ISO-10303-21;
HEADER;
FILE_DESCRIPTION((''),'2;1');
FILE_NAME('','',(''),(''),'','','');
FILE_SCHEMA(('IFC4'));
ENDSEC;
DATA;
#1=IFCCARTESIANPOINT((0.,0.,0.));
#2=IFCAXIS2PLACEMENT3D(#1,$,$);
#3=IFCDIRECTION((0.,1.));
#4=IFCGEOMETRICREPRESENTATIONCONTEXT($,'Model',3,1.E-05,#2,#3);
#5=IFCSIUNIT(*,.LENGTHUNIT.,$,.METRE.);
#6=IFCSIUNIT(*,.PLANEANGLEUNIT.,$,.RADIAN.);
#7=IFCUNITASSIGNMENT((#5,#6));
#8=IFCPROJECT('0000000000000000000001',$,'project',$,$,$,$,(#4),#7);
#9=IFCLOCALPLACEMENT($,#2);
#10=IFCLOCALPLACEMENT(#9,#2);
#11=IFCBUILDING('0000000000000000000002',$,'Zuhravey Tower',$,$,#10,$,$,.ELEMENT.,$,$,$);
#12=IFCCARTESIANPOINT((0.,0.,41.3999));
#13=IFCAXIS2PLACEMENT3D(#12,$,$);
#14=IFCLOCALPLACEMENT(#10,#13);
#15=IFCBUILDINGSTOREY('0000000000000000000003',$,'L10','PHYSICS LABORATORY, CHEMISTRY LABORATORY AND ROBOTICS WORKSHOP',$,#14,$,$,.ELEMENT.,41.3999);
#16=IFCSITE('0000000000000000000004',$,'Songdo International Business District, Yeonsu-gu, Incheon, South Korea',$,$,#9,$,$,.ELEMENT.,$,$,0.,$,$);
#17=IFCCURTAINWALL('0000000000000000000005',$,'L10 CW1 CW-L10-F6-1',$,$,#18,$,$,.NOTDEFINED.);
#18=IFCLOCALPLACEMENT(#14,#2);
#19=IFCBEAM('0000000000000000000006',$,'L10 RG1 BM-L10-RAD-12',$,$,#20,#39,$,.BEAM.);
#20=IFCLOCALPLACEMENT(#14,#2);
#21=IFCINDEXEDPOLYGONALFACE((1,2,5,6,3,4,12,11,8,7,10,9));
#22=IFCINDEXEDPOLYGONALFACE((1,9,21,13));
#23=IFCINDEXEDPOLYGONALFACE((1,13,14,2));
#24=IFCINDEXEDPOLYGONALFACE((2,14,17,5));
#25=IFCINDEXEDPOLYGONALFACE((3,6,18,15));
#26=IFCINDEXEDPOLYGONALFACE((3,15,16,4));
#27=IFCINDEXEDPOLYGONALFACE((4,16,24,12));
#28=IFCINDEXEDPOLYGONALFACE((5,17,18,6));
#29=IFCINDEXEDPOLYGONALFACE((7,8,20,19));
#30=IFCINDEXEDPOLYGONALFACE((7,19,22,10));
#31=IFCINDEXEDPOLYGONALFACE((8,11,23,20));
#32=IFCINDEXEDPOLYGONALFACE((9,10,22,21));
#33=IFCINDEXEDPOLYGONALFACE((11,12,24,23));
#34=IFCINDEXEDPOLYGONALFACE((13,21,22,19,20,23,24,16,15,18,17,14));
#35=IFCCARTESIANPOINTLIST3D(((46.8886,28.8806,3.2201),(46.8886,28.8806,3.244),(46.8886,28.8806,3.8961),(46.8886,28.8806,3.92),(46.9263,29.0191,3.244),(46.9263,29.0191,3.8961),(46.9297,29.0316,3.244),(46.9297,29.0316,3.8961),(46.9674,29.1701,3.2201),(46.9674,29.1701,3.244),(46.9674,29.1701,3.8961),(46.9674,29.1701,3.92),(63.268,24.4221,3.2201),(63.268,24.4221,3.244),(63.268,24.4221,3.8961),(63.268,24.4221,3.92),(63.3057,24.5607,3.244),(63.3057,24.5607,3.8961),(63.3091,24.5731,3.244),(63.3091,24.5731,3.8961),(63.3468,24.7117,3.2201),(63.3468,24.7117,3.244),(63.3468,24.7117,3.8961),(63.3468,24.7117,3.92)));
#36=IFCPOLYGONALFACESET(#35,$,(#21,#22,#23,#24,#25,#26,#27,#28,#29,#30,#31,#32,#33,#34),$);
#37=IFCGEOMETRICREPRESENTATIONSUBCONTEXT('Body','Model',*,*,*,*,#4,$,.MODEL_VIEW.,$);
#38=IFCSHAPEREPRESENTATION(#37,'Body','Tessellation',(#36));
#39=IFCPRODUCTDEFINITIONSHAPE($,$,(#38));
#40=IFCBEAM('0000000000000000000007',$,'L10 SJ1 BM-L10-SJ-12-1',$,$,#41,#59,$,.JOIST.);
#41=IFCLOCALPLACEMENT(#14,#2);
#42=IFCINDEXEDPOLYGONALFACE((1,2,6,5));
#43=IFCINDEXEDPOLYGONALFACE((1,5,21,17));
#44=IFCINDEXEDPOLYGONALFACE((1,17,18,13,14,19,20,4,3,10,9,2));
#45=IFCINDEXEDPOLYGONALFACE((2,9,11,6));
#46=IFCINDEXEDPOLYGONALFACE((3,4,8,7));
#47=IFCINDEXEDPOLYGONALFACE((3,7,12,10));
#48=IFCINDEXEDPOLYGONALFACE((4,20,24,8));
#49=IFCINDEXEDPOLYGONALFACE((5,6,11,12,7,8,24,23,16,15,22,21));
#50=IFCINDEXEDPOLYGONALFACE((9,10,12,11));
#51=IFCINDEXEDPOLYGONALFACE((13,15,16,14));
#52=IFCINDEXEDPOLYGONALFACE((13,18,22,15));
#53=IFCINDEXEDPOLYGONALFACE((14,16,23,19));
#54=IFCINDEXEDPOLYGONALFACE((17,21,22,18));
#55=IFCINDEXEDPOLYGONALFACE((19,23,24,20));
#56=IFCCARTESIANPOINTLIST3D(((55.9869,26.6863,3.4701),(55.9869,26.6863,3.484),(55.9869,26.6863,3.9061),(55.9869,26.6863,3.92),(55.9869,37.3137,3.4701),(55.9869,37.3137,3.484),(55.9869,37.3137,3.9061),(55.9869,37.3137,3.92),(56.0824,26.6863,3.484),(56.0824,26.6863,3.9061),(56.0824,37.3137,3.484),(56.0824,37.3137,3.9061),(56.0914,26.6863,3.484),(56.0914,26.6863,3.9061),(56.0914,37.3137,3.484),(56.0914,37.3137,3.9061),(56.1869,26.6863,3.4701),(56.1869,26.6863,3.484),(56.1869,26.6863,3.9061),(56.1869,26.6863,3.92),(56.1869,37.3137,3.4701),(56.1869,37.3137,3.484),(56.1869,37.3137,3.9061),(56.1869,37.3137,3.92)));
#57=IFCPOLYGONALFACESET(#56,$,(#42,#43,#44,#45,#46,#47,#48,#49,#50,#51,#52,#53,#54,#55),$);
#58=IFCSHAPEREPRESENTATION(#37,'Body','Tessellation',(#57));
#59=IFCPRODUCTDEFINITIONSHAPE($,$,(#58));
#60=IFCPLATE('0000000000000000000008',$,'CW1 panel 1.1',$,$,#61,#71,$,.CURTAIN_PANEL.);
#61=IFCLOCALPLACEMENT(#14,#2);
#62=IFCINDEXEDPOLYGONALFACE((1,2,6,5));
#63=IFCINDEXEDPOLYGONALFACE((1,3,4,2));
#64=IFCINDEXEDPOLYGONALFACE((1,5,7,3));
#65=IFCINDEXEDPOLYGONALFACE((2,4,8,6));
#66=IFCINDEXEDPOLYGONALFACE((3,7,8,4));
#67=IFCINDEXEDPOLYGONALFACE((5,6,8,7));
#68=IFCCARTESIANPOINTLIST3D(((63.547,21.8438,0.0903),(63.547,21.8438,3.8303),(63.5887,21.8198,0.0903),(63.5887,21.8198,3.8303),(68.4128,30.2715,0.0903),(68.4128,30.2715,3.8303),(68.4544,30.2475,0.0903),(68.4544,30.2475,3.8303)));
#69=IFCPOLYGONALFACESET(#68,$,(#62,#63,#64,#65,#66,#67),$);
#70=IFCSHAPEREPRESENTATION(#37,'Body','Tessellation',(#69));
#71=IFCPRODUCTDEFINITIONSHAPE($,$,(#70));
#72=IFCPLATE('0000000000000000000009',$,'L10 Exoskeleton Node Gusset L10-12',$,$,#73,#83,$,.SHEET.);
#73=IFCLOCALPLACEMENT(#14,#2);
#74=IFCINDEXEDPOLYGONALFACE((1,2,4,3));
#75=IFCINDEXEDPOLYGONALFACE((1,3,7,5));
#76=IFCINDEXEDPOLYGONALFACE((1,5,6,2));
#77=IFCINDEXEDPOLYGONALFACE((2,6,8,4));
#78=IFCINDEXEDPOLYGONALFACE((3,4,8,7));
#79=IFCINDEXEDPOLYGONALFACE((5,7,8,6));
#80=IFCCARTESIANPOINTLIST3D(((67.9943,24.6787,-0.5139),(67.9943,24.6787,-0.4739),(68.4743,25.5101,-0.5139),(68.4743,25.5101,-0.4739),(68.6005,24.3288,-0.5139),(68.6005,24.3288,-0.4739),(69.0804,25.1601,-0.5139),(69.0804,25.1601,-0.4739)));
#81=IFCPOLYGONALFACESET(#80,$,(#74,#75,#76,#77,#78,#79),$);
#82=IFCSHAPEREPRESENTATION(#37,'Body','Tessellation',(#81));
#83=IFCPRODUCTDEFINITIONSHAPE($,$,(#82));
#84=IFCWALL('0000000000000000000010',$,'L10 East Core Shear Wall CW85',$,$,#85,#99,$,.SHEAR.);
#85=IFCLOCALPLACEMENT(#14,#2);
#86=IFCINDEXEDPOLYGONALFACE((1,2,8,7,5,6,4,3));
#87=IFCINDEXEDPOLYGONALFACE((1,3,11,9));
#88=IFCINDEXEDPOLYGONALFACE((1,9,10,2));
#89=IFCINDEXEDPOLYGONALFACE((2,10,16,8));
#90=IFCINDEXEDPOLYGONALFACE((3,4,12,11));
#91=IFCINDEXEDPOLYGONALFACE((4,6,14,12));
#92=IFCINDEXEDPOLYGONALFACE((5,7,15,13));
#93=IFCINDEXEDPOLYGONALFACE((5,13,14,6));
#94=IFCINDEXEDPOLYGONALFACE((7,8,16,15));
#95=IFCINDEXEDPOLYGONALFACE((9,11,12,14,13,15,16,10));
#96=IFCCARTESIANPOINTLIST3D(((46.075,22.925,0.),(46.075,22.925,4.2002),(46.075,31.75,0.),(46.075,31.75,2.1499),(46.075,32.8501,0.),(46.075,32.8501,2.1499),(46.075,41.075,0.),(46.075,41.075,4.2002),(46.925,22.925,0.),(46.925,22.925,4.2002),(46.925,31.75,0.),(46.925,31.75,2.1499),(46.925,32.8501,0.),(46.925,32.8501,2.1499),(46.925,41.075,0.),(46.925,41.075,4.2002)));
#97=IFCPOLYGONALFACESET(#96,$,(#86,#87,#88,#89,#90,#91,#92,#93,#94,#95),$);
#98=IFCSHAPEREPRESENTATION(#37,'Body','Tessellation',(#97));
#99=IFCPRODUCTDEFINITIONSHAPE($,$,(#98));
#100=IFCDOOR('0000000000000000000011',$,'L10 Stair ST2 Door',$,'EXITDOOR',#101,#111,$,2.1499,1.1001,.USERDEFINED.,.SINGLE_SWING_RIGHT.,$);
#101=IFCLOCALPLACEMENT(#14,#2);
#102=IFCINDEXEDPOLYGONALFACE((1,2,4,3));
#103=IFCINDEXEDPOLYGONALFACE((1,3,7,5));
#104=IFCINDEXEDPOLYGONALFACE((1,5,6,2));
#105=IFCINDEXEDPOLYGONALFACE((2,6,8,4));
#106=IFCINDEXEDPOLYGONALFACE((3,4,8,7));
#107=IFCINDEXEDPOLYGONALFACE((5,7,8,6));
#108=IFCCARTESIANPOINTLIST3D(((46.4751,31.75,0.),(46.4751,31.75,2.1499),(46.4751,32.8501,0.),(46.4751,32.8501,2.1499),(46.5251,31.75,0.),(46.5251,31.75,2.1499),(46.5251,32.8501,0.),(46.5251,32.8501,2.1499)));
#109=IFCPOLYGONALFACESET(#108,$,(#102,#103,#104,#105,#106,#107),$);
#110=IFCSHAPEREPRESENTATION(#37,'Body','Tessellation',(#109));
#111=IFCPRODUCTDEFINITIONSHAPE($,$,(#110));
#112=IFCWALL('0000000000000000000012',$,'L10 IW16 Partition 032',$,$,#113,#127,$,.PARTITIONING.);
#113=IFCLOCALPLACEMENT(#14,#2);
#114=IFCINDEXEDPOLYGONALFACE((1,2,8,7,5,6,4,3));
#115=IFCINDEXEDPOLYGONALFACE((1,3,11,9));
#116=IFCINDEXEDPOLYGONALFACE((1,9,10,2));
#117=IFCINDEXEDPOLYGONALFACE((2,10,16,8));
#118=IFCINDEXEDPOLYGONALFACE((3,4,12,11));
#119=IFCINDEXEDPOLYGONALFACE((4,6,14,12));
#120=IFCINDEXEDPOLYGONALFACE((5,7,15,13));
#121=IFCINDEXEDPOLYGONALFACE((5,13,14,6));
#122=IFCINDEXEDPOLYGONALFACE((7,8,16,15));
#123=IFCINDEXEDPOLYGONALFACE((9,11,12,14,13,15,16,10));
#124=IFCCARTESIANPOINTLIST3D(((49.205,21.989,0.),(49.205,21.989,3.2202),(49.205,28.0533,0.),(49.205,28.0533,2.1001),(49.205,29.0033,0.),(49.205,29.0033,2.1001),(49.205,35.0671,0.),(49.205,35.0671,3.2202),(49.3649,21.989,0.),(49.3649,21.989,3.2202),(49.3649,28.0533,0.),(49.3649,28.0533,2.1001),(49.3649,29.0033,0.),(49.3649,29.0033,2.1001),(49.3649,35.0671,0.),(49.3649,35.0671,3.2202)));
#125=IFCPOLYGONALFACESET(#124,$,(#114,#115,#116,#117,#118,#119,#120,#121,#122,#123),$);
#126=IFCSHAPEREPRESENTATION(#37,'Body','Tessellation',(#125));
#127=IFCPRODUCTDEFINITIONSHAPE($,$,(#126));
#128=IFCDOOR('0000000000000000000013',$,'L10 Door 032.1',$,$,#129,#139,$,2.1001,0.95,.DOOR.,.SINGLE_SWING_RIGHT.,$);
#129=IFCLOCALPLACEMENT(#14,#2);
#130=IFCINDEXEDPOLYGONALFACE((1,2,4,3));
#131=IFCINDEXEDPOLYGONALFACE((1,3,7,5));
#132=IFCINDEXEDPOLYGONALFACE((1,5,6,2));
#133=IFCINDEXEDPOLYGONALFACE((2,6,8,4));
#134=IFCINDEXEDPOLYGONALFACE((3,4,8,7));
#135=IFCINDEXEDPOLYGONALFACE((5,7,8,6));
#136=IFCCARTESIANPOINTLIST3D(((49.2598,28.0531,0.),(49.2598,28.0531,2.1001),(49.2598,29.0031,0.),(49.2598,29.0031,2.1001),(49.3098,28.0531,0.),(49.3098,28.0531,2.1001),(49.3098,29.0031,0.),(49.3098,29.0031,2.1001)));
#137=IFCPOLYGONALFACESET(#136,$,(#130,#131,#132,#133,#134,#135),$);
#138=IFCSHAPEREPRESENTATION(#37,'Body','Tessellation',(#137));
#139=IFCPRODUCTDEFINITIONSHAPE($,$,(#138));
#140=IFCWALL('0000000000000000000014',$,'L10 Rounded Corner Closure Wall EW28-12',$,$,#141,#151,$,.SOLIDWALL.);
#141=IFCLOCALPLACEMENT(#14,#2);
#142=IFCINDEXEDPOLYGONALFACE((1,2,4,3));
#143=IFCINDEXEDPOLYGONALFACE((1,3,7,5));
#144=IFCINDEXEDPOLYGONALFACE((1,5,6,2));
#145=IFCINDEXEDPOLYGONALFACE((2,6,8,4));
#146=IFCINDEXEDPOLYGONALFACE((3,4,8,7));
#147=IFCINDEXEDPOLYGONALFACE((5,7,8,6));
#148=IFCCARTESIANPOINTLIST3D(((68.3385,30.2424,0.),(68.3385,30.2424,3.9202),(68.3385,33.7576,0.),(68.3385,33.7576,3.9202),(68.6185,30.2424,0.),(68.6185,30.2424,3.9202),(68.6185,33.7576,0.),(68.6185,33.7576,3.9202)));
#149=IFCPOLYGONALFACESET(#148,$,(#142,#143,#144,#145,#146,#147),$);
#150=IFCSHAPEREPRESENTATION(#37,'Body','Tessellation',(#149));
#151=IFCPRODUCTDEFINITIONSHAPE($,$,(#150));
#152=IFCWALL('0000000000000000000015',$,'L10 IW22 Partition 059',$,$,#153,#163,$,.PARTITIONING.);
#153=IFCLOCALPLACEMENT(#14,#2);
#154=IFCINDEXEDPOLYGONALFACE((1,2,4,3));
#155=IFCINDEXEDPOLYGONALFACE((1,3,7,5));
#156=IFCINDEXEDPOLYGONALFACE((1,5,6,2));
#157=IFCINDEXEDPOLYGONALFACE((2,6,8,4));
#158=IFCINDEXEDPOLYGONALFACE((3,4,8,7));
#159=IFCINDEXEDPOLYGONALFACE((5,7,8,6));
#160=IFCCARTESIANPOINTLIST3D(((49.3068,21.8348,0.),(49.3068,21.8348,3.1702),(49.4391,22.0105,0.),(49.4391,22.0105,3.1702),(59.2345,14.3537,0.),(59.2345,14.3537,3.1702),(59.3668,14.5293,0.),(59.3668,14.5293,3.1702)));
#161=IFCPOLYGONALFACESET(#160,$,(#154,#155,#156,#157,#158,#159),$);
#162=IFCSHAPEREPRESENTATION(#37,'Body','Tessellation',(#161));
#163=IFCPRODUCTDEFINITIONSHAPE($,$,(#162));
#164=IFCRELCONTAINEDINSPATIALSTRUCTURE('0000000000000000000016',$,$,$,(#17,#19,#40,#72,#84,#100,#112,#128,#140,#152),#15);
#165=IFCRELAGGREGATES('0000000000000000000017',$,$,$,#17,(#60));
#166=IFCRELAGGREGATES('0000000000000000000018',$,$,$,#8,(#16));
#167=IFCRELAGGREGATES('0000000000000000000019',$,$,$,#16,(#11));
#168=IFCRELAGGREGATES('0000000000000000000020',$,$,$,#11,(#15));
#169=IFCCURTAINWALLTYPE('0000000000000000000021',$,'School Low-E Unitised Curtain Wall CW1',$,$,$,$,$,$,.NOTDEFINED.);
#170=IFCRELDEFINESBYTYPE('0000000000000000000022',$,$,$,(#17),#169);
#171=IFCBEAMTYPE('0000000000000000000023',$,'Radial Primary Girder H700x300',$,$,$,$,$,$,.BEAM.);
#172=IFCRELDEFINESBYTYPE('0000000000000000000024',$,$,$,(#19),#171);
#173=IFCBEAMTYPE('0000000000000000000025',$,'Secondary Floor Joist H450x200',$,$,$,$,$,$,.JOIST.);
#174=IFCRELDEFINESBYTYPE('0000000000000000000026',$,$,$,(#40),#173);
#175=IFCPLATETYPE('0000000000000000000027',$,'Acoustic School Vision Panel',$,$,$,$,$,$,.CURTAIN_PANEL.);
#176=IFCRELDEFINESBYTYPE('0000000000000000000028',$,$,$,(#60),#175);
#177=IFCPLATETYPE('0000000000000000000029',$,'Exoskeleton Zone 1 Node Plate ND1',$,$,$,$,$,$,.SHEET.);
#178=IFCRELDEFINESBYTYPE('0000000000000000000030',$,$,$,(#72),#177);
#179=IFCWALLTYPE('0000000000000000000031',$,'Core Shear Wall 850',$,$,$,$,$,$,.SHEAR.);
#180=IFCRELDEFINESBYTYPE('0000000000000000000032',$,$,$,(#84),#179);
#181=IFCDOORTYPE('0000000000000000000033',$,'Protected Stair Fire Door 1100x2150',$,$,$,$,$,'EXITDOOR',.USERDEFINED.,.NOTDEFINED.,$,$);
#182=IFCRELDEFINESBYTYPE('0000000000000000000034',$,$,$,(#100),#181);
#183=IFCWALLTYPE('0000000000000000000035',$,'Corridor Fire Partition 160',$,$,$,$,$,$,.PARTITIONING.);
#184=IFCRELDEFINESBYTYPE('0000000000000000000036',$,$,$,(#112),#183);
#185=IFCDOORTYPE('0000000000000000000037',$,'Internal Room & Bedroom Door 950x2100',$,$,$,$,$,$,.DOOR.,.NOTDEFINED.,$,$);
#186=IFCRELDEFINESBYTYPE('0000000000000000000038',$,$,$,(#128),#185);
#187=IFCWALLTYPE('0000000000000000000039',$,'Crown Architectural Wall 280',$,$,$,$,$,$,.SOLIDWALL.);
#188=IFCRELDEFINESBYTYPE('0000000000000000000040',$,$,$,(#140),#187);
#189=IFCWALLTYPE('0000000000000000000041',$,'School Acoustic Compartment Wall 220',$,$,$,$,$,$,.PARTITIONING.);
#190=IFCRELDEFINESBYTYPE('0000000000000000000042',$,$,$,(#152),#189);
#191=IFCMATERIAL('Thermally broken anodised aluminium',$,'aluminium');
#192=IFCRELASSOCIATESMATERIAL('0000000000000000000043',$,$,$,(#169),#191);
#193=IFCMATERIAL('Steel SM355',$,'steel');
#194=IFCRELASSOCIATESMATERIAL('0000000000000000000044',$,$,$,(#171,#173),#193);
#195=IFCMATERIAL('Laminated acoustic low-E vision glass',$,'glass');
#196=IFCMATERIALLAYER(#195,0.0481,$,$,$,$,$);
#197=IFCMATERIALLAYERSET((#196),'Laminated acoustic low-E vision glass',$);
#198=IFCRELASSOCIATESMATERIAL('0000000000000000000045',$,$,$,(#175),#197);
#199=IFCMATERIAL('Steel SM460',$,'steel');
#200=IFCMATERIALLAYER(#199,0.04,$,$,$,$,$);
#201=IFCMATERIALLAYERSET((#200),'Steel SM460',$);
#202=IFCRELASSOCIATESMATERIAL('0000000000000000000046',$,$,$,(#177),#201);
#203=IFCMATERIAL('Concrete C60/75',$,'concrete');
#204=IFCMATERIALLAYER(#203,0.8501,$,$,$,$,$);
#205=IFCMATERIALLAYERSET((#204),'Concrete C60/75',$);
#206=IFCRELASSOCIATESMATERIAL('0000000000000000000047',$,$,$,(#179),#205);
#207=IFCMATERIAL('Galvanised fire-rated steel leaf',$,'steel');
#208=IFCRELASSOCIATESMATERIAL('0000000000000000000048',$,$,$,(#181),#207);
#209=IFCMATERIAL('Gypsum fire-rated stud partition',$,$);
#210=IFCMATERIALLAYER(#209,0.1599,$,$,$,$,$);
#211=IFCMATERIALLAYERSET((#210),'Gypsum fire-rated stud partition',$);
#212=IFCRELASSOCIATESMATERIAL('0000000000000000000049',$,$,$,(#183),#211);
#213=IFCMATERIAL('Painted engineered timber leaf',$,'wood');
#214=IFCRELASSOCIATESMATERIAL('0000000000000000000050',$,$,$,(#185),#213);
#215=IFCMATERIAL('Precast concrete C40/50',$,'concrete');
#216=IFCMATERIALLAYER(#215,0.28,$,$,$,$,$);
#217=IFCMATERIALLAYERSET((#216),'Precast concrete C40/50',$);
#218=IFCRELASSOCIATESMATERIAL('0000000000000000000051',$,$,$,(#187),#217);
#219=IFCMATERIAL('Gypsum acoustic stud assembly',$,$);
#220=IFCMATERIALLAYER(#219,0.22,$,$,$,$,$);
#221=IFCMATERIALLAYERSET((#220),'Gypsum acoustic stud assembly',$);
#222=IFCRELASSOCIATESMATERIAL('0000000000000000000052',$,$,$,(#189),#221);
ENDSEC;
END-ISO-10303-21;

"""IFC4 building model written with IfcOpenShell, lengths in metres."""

from ifc_helpers import new_model, si_unit, direction, frame, frame_2d, origin, origin_2d, place, context, subcontext, project, spatial, rectangle, i_section, extrude, material, layer, layer_set, material_profile, profile_set, type_object, element, fill, aggregate, save


model = new_model("IFC4")

# Units and contexts
model_context = context("Model", 3, precision=1e-05, world=origin(), true_north=direction((0.0, 1.0)))
body_context = subcontext(model_context, "Body", "Model", "MODEL_VIEW")
ifc_project = project(units=[si_unit("LENGTHUNIT", "METRE"), si_unit("PLANEANGLEUNIT", "RADIAN")], contexts=[model_context])

# Site, building, storey
site_placement = place(None, origin())
site = spatial("IfcSite", under=ifc_project, at=site_placement, Name="Songdo International Business District, Yeonsu-gu, Incheon, South Korea", CompositionType="ELEMENT", RefElevation=0.0)
building_placement = place(site_placement, origin())
building = spatial("IfcBuilding", under=site, at=building_placement, Name="Zuhravey Tower", CompositionType="ELEMENT")
storey_placement = place(building_placement, frame((0.0, 0.0, 41.3999)))
storey = spatial("IfcBuildingStorey", under=building, at=storey_placement, Name="L10", Description="PHYSICS LABORATORY, CHEMISTRY LABORATORY AND ROBOTICS WORKSHOP", CompositionType="ELEMENT", Elevation=41.3999)

# Shared definitions
ifc_material_1 = material(Name="Concrete C60/75", Category="concrete")

# Curtain wall
ifc_material_2 = material(Name="Thermally broken anodised aluminium", Category="aluminium")
curtain_wall_type = type_object("IfcCurtainWallType", Name="School Low-E Unitised Curtain Wall CW1", PredefinedType="NOTDEFINED", material=ifc_material_2)
curtain_wall_1_placement = place(storey_placement, origin())
curtain_wall_1 = element("IfcCurtainWall", 1, at=curtain_wall_1_placement, inside=storey, type_object=curtain_wall_type, Name="L10 CW1 CW-L10-F6-1", PredefinedType="NOTDEFINED")

# Shared definitions
ifc_material_3 = material(Name="Steel SM460", Category="steel")

# Beams
ifc_material_4 = material(Name="Steel SM355", Category="steel")
ifc_material_profile_1 = material_profile(ifc_material_4, i_section(OverallWidth=0.3, OverallDepth=0.7, WebThickness=0.0129, FlangeThickness=0.0239, at=origin_2d()), Name="H-700x300x13x24")
ifc_profile_set_1 = profile_set([ifc_material_profile_1], Name="Steel SM355")
beam_type_1 = type_object("IfcBeamType", Name="Radial Primary Girder H700x300", PredefinedType="BEAM", material=ifc_profile_set_1)
beam_1_placement = place(storey_placement, frame((46.928, 29.0254, 3.5701), z_axis=(0.964892, -0.262645, 0.0), x_axis=(0.262645, 0.964892, 0.0)))
element("IfcBeam", 2, at=beam_1_placement, inside=storey, type_object=beam_type_1, Name="L10 RG1 BM-L10-RAD-12", PredefinedType="BEAM", context=body_context, shape_type="SweptSolid", body=[
    extrude(i_section(OverallWidth=0.3, OverallDepth=0.7, WebThickness=0.0129, FlangeThickness=0.0239, at=origin_2d()), origin(), (0.0, 0.0, 1.0), 16.9753),
])
ifc_material_profile_2 = material_profile(ifc_material_4, i_section(OverallWidth=0.2, OverallDepth=0.45, WebThickness=0.009, FlangeThickness=0.0139, at=origin_2d()), Name="H-450x200x9x14")
ifc_profile_set_2 = profile_set([ifc_material_profile_2], Name="Steel SM355")
beam_type_2 = type_object("IfcBeamType", Name="Secondary Floor Joist H450x200", PredefinedType="JOIST", material=ifc_profile_set_2)
beam_2_placement = place(storey_placement, frame((56.0869, 26.6863, 3.6951), z_axis=(0.0, 1.0, 0.0), x_axis=(-1.0, 0.0, 0.0)))
element("IfcBeam", 3, at=beam_2_placement, inside=storey, type_object=beam_type_2, Name="L10 SJ1 BM-L10-SJ-12-1", PredefinedType="JOIST", context=body_context, shape_type="SweptSolid", body=[
    extrude(i_section(OverallWidth=0.2, OverallDepth=0.45, WebThickness=0.009, FlangeThickness=0.0139, at=origin_2d()), origin(), (0.0, 0.0, 1.0), 10.6274),
])

# Plates
ifc_material_5 = material(Name="Laminated acoustic low-E vision glass", Category="glass")
ifc_layer_1 = layer(ifc_material_5, 0.0481)
ifc_layer_set_1 = layer_set([ifc_layer_1], Name="Laminated acoustic low-E vision glass")
plate_type_1 = type_object("IfcPlateType", Name="Acoustic School Vision Panel", PredefinedType="CURTAIN_PANEL", material=ifc_layer_set_1)
plate_1_placement = place(storey_placement, frame((66.0007, 26.0457, 0.0903), z_axis=(0.0, 0.0, 1.0), x_axis=(-0.5, -0.866026, 0.0)))
plate_1 = element("IfcPlate", 4, at=plate_1_placement, type_object=plate_type_1, Name="CW1 panel 1.1", PredefinedType="CURTAIN_PANEL", context=body_context, shape_type="SweptSolid", body=[
    extrude(rectangle(XDim=9.7314, YDim=0.0481, at=origin_2d()), origin(), (0.0, 0.0, 1.0), 3.74),
])
aggregate(curtain_wall_1, [plate_1])
ifc_layer_2 = layer(ifc_material_3, 0.04)
ifc_layer_set_2 = layer_set([ifc_layer_2], Name="Steel SM460")
plate_type_2 = type_object("IfcPlateType", Name="Exoskeleton Zone 1 Node Plate ND1", PredefinedType="SHEET", material=ifc_layer_set_2)
plate_2_placement = place(storey_placement, frame((68.5374, 24.9194, -0.5139), z_axis=(0.0, 0.0, 1.0), x_axis=(0.5, 0.866025, 0.0)))
element("IfcPlate", 5, at=plate_2_placement, inside=storey, type_object=plate_type_2, Name="L10 Exoskeleton Node Gusset L10-12", PredefinedType="SHEET", context=body_context, shape_type="SweptSolid", body=[
    extrude(rectangle(XDim=0.96, YDim=0.7, at=origin_2d()), origin(), (0.0, 0.0, 1.0), 0.04),
])

# Walls, openings, doors
ifc_layer_3 = layer(ifc_material_1, 0.8501)
ifc_layer_set_3 = layer_set([ifc_layer_3], Name="Concrete C60/75")
wall_type_1 = type_object("IfcWallType", Name="Core Shear Wall 850", PredefinedType="SHEAR", material=ifc_layer_set_3)
wall_1_placement = place(storey_placement, frame((46.5, 22.925, 0.0), z_axis=(0.0, 0.0, 1.0), x_axis=(0.0, 1.0, 0.0)))
wall_1 = element("IfcWall", 6, at=wall_1_placement, inside=storey, type_object=wall_type_1, Name="L10 East Core Shear Wall CW85", PredefinedType="SHEAR", context=body_context, shape_type="SweptSolid", body=[
    extrude(rectangle(XDim=18.1499, YDim=0.8501, at=frame_2d((9.075, 0.0))), origin(), (0.0, 0.0, 1.0), 4.2002),
])
opening_1_placement = place(wall_1_placement, frame((8.825, 0.0, 0.0)))
opening_1 = element("IfcOpeningElement", 7, at=opening_1_placement, cuts=wall_1, PredefinedType="OPENING", context=body_context, shape_type="SweptSolid", body=[
    extrude(rectangle(XDim=1.1001, YDim=2.1499, at=frame_2d((0.55, 1.075))), frame((0.0, 0.437, 0.0), z_axis=(0.0, -1.0, 0.0), x_axis=(1.0, 0.0, 0.0)), (0.0, 0.0, 1.0), 0.874),
])
ifc_material_6 = material(Name="Galvanised fire-rated steel leaf", Category="steel")
door_type_1 = type_object("IfcDoorType", Name="Protected Stair Fire Door 1100x2150", ElementType="EXITDOOR", OperationType="NOTDEFINED", PredefinedType="USERDEFINED", material=ifc_material_6)
door_1_placement = place(opening_1_placement, origin())
door_1 = element("IfcDoor", 8, at=door_1_placement, inside=storey, type_object=door_type_1, Name="L10 Stair ST2 Door", ObjectType="EXITDOOR", OperationType="SINGLE_SWING_RIGHT", OverallHeight=2.1499, OverallWidth=1.1001, PredefinedType="USERDEFINED", context=body_context, shape_type="SweptSolid", body=[
    extrude(rectangle(XDim=1.1001, YDim=2.1499, at=frame_2d((0.55, 1.075))), frame((0.0, 0.0249, 0.0), z_axis=(0.0, -1.0, 0.0), x_axis=(1.0, 0.0, 0.0)), (0.0, 0.0, 1.0), 0.05),
])
fill(opening_1, door_1)
ifc_material_7 = material(Name="Gypsum fire-rated stud partition")
ifc_layer_4 = layer(ifc_material_7, 0.1599)
ifc_layer_set_4 = layer_set([ifc_layer_4], Name="Gypsum fire-rated stud partition")
wall_type_2 = type_object("IfcWallType", Name="Corridor Fire Partition 160", PredefinedType="PARTITIONING", material=ifc_layer_set_4)
wall_2_placement = place(storey_placement, frame((49.2849, 21.989, 0.0), z_axis=(0.0, 0.0, 1.0), x_axis=(0.0, 1.0, 0.0)))
wall_2 = element("IfcWall", 9, at=wall_2_placement, inside=storey, type_object=wall_type_2, Name="L10 IW16 Partition 032", PredefinedType="PARTITIONING", context=body_context, shape_type="SweptSolid", body=[
    extrude(rectangle(XDim=13.0781, YDim=0.1599, at=frame_2d((6.5391, 0.0))), origin(), (0.0, 0.0, 1.0), 3.2202),
])
opening_2_placement = place(wall_2_placement, frame((6.0642, 0.0, 0.0)))
opening_2 = element("IfcOpeningElement", 10, at=opening_2_placement, cuts=wall_2, PredefinedType="OPENING", context=body_context, shape_type="SweptSolid", body=[
    extrude(rectangle(XDim=0.95, YDim=2.1001, at=frame_2d((0.4751, 1.05))), frame((0.0, 0.092, 0.0), z_axis=(0.0, -1.0, 0.0), x_axis=(1.0, 0.0, 0.0)), (0.0, 0.0, 1.0), 0.1838),
])
ifc_material_8 = material(Name="Painted engineered timber leaf", Category="wood")
door_type_2 = type_object("IfcDoorType", Name="Internal Room & Bedroom Door 950x2100", OperationType="NOTDEFINED", PredefinedType="DOOR", material=ifc_material_8)
door_2_placement = place(opening_2_placement, frame((0.95, 0.0, 0.0), z_axis=(0.0, 0.0, 1.0), x_axis=(-1.0, 0.0, 0.0)))
door_2 = element("IfcDoor", 11, at=door_2_placement, inside=storey, type_object=door_type_2, Name="L10 Door 032.1", OperationType="SINGLE_SWING_RIGHT", OverallHeight=2.1001, OverallWidth=0.95, PredefinedType="DOOR", context=body_context, shape_type="SweptSolid", body=[
    extrude(rectangle(XDim=0.95, YDim=2.1001, at=frame_2d((0.4751, 1.05))), frame((0.0, 0.0249, 0.0), z_axis=(0.0, -1.0, 0.0), x_axis=(1.0, 0.0, 0.0)), (0.0, 0.0, 1.0), 0.05),
])
fill(opening_2, door_2)

# Walls
ifc_material_9 = material(Name="Precast concrete C40/50", Category="concrete")
ifc_layer_5 = layer(ifc_material_9, 0.28)
ifc_layer_set_5 = layer_set([ifc_layer_5], Name="Precast concrete C40/50")
wall_type_3 = type_object("IfcWallType", Name="Crown Architectural Wall 280", PredefinedType="SOLIDWALL", material=ifc_layer_set_5)
wall_3_placement = place(storey_placement, frame((68.4785, 33.7576, 0.0), z_axis=(0.0, 0.0, 1.0), x_axis=(0.0, -1.0, 0.0)))
element("IfcWall", 12, at=wall_3_placement, inside=storey, type_object=wall_type_3, Name="L10 Rounded Corner Closure Wall EW28-12", PredefinedType="SOLIDWALL", context=body_context, shape_type="SweptSolid", body=[
    extrude(rectangle(XDim=3.5151, YDim=0.28, at=frame_2d((1.7576, 0.0))), origin(), (0.0, 0.0, 1.0), 3.9202),
])
ifc_material_10 = material(Name="Gypsum acoustic stud assembly")
ifc_layer_6 = layer(ifc_material_10, 0.22)
ifc_layer_set_6 = layer_set([ifc_layer_6], Name="Gypsum acoustic stud assembly")
wall_type_4 = type_object("IfcWallType", Name="School Acoustic Compartment Wall 220", PredefinedType="PARTITIONING", material=ifc_layer_set_6)
wall_4_placement = place(storey_placement, frame((49.373, 21.9226, 0.0), z_axis=(0.0, 0.0, 1.0), x_axis=(0.798631, -0.601821, 0.0)))
element("IfcWall", 13, at=wall_4_placement, inside=storey, type_object=wall_type_4, Name="L10 IW22 Partition 059", PredefinedType="PARTITIONING", context=body_context, shape_type="SweptSolid", body=[
    extrude(rectangle(XDim=12.4309, YDim=0.22, at=frame_2d((6.2153, 0.0))), origin(), (0.0, 0.0, 1.0), 3.1702),
])

save(model, "model.ifc")
